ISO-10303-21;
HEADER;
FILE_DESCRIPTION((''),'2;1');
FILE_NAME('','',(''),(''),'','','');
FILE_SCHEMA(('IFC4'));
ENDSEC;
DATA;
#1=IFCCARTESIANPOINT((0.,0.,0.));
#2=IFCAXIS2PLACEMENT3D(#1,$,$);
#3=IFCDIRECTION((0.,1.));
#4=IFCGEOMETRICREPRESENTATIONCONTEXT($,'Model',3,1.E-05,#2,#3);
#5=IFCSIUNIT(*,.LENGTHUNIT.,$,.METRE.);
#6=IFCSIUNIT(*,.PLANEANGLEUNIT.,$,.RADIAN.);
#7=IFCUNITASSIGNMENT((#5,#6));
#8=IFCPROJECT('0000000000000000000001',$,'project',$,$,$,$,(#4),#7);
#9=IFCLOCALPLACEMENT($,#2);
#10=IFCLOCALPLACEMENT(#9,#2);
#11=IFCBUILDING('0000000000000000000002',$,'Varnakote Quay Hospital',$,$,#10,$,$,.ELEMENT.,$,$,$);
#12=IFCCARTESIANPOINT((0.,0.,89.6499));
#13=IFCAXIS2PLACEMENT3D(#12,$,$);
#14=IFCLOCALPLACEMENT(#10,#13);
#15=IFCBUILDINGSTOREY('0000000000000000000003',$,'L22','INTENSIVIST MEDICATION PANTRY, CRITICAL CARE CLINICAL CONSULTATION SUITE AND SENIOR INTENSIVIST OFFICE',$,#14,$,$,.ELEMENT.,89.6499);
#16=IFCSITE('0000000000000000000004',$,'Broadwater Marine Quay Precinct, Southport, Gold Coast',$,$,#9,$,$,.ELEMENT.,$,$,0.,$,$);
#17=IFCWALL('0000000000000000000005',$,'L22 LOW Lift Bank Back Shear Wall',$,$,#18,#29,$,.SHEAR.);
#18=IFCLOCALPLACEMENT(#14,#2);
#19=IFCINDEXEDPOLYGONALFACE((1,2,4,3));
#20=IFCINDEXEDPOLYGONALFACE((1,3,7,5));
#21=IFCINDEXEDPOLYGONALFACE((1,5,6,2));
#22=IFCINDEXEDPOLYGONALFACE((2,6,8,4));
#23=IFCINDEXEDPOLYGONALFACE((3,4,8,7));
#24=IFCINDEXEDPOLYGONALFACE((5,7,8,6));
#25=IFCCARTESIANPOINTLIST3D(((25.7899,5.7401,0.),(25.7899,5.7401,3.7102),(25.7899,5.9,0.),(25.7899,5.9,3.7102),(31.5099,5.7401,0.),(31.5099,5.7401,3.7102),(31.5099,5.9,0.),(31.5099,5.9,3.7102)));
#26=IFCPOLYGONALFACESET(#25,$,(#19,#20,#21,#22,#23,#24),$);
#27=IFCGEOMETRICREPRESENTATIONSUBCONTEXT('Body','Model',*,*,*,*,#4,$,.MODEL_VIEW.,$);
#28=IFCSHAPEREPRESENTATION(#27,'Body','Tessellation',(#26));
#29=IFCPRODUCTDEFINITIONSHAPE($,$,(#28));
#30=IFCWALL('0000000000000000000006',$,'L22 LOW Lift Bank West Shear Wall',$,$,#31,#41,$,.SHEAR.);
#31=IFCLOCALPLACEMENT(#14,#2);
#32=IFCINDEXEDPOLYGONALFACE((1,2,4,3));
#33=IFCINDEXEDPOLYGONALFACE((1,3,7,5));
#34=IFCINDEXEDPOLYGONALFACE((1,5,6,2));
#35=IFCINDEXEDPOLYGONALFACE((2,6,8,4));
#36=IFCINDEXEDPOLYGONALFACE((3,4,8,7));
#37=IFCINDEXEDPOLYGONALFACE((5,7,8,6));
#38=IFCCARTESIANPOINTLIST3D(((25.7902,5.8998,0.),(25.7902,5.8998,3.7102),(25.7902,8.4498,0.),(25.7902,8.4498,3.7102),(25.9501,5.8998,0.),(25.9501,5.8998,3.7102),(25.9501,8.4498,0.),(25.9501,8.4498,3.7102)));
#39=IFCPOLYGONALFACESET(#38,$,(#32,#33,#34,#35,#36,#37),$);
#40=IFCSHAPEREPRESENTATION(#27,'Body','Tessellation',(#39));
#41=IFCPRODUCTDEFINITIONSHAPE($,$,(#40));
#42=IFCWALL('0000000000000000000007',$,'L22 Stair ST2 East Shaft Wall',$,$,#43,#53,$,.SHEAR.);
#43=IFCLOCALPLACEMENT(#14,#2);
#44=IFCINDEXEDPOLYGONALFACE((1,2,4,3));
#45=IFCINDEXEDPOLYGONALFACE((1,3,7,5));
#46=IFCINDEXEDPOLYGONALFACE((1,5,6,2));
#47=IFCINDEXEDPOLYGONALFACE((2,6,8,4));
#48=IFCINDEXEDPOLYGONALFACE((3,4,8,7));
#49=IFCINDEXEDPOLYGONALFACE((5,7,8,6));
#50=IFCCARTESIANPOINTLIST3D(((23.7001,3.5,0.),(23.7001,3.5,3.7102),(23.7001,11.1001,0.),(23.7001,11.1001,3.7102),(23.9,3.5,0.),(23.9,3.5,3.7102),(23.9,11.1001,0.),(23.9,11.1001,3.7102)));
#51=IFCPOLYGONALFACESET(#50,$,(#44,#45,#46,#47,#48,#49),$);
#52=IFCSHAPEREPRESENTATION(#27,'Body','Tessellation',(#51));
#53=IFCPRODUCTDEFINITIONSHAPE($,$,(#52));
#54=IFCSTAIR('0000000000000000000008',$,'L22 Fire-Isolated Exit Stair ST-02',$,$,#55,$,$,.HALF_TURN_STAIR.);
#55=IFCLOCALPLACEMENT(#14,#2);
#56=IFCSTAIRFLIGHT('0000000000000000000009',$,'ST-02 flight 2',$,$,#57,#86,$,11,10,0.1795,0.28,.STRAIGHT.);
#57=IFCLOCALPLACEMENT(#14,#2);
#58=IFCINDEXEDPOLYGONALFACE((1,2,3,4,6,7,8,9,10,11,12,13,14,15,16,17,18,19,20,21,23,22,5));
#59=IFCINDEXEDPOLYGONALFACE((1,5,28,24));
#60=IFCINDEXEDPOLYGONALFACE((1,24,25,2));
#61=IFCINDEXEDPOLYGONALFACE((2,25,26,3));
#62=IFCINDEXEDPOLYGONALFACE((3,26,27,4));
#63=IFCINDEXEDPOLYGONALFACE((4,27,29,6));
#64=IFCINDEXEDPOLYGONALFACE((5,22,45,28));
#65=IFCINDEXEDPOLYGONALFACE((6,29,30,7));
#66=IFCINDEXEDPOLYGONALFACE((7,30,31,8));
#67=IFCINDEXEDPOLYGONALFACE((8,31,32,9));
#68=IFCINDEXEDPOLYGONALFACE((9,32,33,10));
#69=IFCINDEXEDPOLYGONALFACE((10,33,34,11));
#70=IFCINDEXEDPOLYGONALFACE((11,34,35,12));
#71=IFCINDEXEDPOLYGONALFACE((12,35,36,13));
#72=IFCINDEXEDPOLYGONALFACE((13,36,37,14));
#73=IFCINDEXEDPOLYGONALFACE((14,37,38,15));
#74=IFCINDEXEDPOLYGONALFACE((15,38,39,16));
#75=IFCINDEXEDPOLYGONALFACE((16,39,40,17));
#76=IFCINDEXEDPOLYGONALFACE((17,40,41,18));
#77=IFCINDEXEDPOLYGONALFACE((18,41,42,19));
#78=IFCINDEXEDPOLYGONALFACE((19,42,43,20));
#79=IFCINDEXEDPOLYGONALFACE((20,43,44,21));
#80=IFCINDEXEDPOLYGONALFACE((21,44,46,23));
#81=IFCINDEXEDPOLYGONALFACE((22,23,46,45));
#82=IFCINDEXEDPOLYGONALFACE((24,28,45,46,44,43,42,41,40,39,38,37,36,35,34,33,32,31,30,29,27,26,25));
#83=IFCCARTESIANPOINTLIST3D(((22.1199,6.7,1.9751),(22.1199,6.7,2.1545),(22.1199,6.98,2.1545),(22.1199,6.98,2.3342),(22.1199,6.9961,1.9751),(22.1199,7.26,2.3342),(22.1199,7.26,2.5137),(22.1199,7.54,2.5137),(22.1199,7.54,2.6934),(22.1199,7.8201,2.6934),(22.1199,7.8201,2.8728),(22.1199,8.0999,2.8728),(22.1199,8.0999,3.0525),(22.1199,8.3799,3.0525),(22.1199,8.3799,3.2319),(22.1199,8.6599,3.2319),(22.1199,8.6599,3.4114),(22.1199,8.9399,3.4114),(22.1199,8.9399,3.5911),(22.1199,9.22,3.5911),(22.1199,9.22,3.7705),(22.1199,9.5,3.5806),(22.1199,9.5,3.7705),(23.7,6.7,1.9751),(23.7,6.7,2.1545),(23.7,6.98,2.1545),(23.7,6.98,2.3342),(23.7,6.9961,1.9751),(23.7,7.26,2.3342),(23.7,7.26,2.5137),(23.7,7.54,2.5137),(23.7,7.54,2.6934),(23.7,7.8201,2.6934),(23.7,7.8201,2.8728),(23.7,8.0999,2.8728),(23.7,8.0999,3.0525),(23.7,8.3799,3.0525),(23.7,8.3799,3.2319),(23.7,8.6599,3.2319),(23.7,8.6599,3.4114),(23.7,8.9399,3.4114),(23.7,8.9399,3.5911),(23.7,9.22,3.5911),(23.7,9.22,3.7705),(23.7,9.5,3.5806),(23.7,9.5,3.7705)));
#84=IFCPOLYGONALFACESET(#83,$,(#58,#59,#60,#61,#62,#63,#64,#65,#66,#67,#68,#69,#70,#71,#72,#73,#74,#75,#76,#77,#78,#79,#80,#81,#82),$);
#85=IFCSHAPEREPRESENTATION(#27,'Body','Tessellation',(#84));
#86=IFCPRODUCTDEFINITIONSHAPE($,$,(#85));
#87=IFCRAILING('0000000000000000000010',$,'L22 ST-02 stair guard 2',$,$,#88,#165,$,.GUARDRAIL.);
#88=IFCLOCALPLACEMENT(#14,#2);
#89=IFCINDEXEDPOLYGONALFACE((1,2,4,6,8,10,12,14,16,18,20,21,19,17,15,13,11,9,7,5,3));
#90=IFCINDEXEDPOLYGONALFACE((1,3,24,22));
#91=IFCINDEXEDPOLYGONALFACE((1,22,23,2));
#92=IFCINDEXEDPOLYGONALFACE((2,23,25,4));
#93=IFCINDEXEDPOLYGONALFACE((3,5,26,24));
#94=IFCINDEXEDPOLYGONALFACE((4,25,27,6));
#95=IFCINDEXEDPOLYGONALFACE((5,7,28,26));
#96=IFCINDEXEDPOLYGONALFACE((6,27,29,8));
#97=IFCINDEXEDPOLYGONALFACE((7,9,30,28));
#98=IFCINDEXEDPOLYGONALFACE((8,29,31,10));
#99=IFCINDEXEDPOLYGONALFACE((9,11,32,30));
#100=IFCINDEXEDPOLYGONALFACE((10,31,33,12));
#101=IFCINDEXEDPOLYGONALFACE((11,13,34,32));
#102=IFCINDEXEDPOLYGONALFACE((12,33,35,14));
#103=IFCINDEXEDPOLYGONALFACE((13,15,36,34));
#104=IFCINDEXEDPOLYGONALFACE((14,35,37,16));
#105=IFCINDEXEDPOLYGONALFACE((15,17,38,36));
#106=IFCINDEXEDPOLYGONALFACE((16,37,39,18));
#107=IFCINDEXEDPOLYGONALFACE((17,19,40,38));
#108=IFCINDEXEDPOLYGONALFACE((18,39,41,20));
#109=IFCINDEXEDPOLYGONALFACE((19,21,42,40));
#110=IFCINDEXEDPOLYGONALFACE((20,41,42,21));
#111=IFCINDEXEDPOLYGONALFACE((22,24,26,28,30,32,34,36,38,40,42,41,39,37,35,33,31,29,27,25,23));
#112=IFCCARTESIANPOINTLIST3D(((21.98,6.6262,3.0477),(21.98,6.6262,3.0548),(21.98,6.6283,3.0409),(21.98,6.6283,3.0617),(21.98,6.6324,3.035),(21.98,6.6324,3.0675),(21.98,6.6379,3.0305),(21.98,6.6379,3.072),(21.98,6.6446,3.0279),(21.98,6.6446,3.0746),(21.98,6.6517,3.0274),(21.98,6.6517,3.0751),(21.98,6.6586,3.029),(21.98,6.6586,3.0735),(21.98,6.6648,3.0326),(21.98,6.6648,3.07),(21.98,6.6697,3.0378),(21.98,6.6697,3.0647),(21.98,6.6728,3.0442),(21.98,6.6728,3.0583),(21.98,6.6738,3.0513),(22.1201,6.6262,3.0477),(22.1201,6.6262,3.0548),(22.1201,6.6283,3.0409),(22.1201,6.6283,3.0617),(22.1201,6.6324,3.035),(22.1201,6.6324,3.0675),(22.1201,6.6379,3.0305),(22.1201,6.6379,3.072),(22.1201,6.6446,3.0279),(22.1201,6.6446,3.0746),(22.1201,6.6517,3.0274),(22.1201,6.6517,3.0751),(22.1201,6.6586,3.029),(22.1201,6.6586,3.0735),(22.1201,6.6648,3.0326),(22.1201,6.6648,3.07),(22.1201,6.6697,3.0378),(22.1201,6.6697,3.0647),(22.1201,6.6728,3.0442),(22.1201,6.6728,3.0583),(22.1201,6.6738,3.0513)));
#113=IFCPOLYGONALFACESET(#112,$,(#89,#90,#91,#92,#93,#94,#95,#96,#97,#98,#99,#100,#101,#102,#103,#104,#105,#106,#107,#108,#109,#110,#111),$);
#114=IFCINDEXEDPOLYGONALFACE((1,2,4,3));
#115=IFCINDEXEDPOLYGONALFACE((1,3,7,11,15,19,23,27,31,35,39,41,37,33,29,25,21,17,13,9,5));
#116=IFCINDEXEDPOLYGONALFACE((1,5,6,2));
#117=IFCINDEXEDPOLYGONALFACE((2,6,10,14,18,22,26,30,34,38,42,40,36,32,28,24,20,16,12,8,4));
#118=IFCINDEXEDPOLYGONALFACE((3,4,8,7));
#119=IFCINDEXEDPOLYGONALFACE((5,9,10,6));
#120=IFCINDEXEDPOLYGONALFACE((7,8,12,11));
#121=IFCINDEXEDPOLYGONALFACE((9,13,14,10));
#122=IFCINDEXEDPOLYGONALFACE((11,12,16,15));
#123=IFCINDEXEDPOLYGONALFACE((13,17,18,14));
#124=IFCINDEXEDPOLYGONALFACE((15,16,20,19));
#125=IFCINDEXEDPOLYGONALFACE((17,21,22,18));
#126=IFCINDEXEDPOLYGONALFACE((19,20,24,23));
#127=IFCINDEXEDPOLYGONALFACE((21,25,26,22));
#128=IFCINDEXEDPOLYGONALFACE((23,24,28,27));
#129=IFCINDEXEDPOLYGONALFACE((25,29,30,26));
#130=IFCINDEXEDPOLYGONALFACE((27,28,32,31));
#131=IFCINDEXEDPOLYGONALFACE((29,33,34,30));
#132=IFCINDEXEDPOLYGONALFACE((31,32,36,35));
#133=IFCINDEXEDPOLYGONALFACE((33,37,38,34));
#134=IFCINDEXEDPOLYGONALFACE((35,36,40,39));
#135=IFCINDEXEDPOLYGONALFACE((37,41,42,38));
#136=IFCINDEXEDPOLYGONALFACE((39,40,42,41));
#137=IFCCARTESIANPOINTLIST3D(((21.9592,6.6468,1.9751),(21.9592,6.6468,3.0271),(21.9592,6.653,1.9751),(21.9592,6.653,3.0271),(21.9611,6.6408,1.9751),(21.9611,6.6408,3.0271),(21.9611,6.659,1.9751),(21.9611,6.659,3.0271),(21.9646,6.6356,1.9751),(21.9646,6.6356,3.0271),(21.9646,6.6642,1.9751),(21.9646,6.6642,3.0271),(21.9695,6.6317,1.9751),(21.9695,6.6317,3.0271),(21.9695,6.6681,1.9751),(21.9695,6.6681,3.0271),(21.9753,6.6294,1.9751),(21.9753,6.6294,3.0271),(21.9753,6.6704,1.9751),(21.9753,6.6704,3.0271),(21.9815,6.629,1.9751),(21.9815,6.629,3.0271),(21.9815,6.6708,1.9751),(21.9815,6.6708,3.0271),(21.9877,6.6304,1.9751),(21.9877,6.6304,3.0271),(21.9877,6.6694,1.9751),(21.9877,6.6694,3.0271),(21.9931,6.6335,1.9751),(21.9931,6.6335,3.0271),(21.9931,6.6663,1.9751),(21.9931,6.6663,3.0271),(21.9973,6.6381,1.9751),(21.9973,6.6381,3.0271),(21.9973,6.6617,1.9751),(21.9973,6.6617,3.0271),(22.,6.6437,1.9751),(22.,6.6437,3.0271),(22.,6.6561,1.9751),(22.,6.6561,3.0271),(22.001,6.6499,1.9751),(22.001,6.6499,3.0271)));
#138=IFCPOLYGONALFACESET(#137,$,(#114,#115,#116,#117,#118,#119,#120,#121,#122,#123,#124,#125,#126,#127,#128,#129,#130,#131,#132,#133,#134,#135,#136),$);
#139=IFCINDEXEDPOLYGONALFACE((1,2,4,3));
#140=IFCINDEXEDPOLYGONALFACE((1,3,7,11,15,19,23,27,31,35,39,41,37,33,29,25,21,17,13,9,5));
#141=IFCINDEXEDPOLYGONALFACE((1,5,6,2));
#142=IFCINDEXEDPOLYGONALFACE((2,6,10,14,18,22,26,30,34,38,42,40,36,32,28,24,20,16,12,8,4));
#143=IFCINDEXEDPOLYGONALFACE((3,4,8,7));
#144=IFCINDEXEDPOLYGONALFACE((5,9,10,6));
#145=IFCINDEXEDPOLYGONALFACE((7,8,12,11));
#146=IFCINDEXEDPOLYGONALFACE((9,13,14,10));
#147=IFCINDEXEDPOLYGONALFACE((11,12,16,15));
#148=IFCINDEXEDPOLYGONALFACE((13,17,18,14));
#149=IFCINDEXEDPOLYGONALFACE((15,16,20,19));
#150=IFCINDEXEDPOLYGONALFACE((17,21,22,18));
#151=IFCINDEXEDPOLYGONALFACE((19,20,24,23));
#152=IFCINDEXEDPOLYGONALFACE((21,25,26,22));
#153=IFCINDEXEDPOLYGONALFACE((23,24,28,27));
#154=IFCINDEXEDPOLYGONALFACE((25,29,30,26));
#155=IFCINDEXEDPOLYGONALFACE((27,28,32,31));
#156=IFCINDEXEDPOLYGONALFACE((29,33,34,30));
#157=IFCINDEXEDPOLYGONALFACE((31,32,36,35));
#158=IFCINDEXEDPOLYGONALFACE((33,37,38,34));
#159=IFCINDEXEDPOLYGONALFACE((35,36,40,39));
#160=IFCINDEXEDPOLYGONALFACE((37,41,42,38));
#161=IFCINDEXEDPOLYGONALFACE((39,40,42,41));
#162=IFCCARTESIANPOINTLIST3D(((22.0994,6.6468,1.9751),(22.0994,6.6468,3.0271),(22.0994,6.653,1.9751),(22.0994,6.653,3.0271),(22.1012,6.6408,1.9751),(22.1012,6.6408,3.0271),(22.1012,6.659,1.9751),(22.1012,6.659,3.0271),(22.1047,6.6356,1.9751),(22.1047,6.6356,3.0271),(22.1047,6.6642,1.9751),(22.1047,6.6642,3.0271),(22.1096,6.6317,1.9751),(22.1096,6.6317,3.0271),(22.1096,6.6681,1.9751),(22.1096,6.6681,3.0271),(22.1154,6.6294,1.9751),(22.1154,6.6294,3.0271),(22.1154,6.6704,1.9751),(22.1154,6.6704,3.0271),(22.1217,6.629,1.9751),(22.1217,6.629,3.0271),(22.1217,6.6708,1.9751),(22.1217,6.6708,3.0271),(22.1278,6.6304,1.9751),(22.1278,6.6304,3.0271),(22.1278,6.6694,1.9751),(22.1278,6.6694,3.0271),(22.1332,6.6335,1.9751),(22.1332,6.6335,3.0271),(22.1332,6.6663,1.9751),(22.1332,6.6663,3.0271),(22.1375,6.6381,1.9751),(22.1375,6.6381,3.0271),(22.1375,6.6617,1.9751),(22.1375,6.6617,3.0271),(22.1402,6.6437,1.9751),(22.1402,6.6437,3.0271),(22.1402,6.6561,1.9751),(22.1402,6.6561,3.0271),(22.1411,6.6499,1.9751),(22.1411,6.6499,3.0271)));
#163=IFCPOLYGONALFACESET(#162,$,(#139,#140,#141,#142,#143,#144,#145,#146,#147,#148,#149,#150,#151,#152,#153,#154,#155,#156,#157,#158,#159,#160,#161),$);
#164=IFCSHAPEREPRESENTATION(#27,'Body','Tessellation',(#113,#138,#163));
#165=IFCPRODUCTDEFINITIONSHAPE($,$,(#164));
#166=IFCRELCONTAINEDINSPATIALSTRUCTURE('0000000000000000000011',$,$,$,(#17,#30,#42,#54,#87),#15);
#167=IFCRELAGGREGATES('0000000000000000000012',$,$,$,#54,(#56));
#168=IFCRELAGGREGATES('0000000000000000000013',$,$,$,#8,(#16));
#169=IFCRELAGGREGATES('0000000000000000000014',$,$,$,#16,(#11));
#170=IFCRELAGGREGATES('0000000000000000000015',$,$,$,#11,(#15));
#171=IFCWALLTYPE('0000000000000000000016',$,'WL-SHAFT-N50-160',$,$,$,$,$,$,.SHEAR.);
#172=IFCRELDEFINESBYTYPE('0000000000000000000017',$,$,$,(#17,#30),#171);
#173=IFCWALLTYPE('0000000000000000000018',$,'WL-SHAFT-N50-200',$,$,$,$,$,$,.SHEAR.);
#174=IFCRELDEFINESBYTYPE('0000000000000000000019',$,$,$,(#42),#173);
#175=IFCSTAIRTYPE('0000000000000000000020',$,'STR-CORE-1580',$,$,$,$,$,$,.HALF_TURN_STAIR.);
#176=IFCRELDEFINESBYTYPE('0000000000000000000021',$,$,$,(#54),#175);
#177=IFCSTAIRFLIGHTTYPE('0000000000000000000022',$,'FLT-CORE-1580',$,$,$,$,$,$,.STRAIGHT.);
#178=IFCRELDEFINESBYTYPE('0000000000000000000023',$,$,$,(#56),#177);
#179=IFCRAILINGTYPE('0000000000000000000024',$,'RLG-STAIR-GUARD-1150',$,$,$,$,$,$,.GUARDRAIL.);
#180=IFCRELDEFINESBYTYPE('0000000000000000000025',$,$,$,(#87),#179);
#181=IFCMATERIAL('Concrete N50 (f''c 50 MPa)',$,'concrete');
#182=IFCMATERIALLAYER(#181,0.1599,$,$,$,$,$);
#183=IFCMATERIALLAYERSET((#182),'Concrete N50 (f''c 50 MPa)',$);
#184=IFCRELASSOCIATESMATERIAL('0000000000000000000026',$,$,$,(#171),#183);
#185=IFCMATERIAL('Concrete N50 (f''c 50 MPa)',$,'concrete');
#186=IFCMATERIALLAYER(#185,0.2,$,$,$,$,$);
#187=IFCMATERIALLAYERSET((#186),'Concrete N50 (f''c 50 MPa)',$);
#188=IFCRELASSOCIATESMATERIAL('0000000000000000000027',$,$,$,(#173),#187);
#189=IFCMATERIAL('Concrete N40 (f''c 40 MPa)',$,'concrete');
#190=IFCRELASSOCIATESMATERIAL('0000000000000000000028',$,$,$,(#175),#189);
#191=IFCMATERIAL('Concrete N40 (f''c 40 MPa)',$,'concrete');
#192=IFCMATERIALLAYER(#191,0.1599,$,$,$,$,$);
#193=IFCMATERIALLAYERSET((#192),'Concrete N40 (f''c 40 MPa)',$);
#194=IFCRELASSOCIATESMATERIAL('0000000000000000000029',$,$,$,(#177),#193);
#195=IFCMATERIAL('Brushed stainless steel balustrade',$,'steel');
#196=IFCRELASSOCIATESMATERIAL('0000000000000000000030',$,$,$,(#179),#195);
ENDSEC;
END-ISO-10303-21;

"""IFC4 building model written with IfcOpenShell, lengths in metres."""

from ifc_helpers import new_model, si_unit, direction, frame, frame_2d, origin, origin_2d, place, context, subcontext, project, spatial, polyline, rectangle, circle, outline, extrude, material, layer, layer_set, type_object, element, aggregate, save


model = new_model("IFC4")

# Units and contexts
model_context = context("Model", 3, precision=1e-05, world=origin(), true_north=direction((0.0, 1.0)))
body_context = subcontext(model_context, "Body", "Model", "MODEL_VIEW")
ifc_project = project(units=[si_unit("LENGTHUNIT", "METRE"), si_unit("PLANEANGLEUNIT", "RADIAN")], contexts=[model_context])

# Site, building, storey
site_placement = place(None, origin())
site = spatial("IfcSite", under=ifc_project, at=site_placement, Name="Broadwater Marine Quay Precinct, Southport, Gold Coast", CompositionType="ELEMENT", RefElevation=0.0)
building_placement = place(site_placement, origin())
building = spatial("IfcBuilding", under=site, at=building_placement, Name="Varnakote Quay Hospital", CompositionType="ELEMENT")
storey_placement = place(building_placement, frame((0.0, 0.0, 89.6499)))
storey = spatial("IfcBuildingStorey", under=building, at=storey_placement, Name="L22", Description="INTENSIVIST MEDICATION PANTRY, CRITICAL CARE CLINICAL CONSULTATION SUITE AND SENIOR INTENSIVIST OFFICE", CompositionType="ELEMENT", Elevation=89.6499)

# Walls
ifc_material_1 = material(Name="Concrete N50 (f'c 50 MPa)", Category="concrete")
ifc_layer_1 = layer(ifc_material_1, 0.1599)
ifc_layer_set_1 = layer_set([ifc_layer_1], Name="Concrete N50 (f'c 50 MPa)")
wall_type_1 = type_object("IfcWallType", Name="WL-SHAFT-N50-160", PredefinedType="SHEAR", material=ifc_layer_set_1)
wall_1_placement = place(storey_placement, frame((25.79, 5.8201, 0.0), z_axis=(0.0, 0.0, 1.0), x_axis=(1.0, 0.0, 0.0)))
element("IfcWall", 1, at=wall_1_placement, inside=storey, type_object=wall_type_1, Name="L22 LOW Lift Bank Back Shear Wall", PredefinedType="SHEAR", context=body_context, shape_type="SweptSolid", body=[
    extrude(rectangle(XDim=5.72, YDim=0.1599, at=frame_2d((2.8599, 0.0))), origin(), (0.0, 0.0, 1.0), 3.7102),
])
wall_2_placement = place(storey_placement, frame((25.8701, 5.8999, 0.0), z_axis=(0.0, 0.0, 1.0), x_axis=(0.0, 1.0, 0.0)))
element("IfcWall", 2, at=wall_2_placement, inside=storey, type_object=wall_type_1, Name="L22 LOW Lift Bank West Shear Wall", PredefinedType="SHEAR", context=body_context, shape_type="SweptSolid", body=[
    extrude(rectangle(XDim=2.55, YDim=0.1599, at=frame_2d((1.2749, 0.0))), origin(), (0.0, 0.0, 1.0), 3.7102),
])

# Wall
ifc_material_2 = material(Name="Concrete N50 (f'c 50 MPa)", Category="concrete")
ifc_layer_2 = layer(ifc_material_2, 0.2)
ifc_layer_set_2 = layer_set([ifc_layer_2], Name="Concrete N50 (f'c 50 MPa)")
wall_type_2 = type_object("IfcWallType", Name="WL-SHAFT-N50-200", PredefinedType="SHEAR", material=ifc_layer_set_2)
wall_3_placement = place(storey_placement, frame((23.8, 3.5, 0.0), z_axis=(0.0, 0.0, 1.0), x_axis=(0.0, 1.0, 0.0)))
element("IfcWall", 3, at=wall_3_placement, inside=storey, type_object=wall_type_2, Name="L22 Stair ST2 East Shaft Wall", PredefinedType="SHEAR", context=body_context, shape_type="SweptSolid", body=[
    extrude(rectangle(XDim=7.6001, YDim=0.2, at=frame_2d((3.8, 0.0))), origin(), (0.0, 0.0, 1.0), 3.7102),
])

# Stair, stair flight
ifc_material_3 = material(Name="Concrete N40 (f'c 40 MPa)", Category="concrete")
stair_type = type_object("IfcStairType", Name="STR-CORE-1580", PredefinedType="HALF_TURN_STAIR", material=ifc_material_3)
stair_placement = place(storey_placement, origin())
stair = element("IfcStair", 4, at=stair_placement, inside=storey, type_object=stair_type, Name="L22 Fire-Isolated Exit Stair ST-02", PredefinedType="HALF_TURN_STAIR")
ifc_material_4 = material(Name="Concrete N40 (f'c 40 MPa)", Category="concrete")
ifc_layer_3 = layer(ifc_material_4, 0.1599)
ifc_layer_set_3 = layer_set([ifc_layer_3], Name="Concrete N40 (f'c 40 MPa)")
stair_flight_type = type_object("IfcStairFlightType", Name="FLT-CORE-1580", PredefinedType="STRAIGHT", material=ifc_layer_set_3)
stair_flight_placement = place(storey_placement, frame((22.9099, 6.7, 1.9751), z_axis=(0.0, 0.0, 1.0), x_axis=(0.0, 1.0, 0.0)))
stair_flight = element("IfcStairFlight", 5, at=stair_flight_placement, type_object=stair_flight_type, Name="ST-02 flight 2", NumberOfRisers=11, NumberOfTreads=10, PredefinedType="STRAIGHT", RiserHeight=0.1795, TreadLength=0.28, context=body_context, shape_type="SweptSolid", body=[
    extrude(outline(polyline([(0.0, 0.0), (0.0, 0.1794), (0.28, 0.1794), (0.28, 0.3591), (0.5601, 0.3591), (0.5601, 0.5386), (0.8401, 0.5386), (0.8401, 0.7183), (1.1201, 0.7183), (1.1201, 0.8977), (1.3999, 0.8977), (1.3999, 1.0774), (1.6799, 1.0774), (1.6799, 1.2568), (1.96, 1.2568), (1.96, 1.4363), (2.24, 1.4363), (2.24, 1.616), (2.52, 1.616), (2.52, 1.7954), (2.8, 1.7954), (2.8, 1.9751), (2.8, 1.6055), (0.2961, 0.0), (0.0, 0.0)])), frame((0.0, 0.79, 0.0), z_axis=(0.0, -1.0, 0.0), x_axis=(1.0, 0.0, 0.0)), (0.0, 0.0, 1.0), 1.5801),
])
aggregate(stair, [stair_flight])

# Railing
ifc_material_5 = material(Name="Brushed stainless steel balustrade", Category="steel")
railing_type_1 = type_object("IfcRailingType", Name="RLG-STAIR-GUARD-1150", PredefinedType="GUARDRAIL", material=ifc_material_5)
railing_1_placement = place(storey_placement, frame((21.98, 6.6499, 1.9751)))
element("IfcRailing", 6, at=railing_1_placement, inside=storey, type_object=railing_type_1, Name="L22 ST-02 stair guard 2", PredefinedType="GUARDRAIL", context=body_context, shape_type="SweptSolid", body=[
    extrude(circle(Radius=0.0239, at=origin_2d()), frame((0.0, 0.0, 1.0762), z_axis=(1.0, 0.0, 0.0), x_axis=(0.0, 1.0, 0.0)), (0.0, 0.0, 1.0), 0.1401),
    extrude(circle(Radius=0.021, at=origin_2d()), origin(), (0.0, 0.0, 1.0), 1.052),
    extrude(circle(Radius=0.021, at=origin_2d()), frame((0.1401, 0.0, 0.0)), (0.0, 0.0, 1.0), 1.052),
])

save(model, "model.ifc")
